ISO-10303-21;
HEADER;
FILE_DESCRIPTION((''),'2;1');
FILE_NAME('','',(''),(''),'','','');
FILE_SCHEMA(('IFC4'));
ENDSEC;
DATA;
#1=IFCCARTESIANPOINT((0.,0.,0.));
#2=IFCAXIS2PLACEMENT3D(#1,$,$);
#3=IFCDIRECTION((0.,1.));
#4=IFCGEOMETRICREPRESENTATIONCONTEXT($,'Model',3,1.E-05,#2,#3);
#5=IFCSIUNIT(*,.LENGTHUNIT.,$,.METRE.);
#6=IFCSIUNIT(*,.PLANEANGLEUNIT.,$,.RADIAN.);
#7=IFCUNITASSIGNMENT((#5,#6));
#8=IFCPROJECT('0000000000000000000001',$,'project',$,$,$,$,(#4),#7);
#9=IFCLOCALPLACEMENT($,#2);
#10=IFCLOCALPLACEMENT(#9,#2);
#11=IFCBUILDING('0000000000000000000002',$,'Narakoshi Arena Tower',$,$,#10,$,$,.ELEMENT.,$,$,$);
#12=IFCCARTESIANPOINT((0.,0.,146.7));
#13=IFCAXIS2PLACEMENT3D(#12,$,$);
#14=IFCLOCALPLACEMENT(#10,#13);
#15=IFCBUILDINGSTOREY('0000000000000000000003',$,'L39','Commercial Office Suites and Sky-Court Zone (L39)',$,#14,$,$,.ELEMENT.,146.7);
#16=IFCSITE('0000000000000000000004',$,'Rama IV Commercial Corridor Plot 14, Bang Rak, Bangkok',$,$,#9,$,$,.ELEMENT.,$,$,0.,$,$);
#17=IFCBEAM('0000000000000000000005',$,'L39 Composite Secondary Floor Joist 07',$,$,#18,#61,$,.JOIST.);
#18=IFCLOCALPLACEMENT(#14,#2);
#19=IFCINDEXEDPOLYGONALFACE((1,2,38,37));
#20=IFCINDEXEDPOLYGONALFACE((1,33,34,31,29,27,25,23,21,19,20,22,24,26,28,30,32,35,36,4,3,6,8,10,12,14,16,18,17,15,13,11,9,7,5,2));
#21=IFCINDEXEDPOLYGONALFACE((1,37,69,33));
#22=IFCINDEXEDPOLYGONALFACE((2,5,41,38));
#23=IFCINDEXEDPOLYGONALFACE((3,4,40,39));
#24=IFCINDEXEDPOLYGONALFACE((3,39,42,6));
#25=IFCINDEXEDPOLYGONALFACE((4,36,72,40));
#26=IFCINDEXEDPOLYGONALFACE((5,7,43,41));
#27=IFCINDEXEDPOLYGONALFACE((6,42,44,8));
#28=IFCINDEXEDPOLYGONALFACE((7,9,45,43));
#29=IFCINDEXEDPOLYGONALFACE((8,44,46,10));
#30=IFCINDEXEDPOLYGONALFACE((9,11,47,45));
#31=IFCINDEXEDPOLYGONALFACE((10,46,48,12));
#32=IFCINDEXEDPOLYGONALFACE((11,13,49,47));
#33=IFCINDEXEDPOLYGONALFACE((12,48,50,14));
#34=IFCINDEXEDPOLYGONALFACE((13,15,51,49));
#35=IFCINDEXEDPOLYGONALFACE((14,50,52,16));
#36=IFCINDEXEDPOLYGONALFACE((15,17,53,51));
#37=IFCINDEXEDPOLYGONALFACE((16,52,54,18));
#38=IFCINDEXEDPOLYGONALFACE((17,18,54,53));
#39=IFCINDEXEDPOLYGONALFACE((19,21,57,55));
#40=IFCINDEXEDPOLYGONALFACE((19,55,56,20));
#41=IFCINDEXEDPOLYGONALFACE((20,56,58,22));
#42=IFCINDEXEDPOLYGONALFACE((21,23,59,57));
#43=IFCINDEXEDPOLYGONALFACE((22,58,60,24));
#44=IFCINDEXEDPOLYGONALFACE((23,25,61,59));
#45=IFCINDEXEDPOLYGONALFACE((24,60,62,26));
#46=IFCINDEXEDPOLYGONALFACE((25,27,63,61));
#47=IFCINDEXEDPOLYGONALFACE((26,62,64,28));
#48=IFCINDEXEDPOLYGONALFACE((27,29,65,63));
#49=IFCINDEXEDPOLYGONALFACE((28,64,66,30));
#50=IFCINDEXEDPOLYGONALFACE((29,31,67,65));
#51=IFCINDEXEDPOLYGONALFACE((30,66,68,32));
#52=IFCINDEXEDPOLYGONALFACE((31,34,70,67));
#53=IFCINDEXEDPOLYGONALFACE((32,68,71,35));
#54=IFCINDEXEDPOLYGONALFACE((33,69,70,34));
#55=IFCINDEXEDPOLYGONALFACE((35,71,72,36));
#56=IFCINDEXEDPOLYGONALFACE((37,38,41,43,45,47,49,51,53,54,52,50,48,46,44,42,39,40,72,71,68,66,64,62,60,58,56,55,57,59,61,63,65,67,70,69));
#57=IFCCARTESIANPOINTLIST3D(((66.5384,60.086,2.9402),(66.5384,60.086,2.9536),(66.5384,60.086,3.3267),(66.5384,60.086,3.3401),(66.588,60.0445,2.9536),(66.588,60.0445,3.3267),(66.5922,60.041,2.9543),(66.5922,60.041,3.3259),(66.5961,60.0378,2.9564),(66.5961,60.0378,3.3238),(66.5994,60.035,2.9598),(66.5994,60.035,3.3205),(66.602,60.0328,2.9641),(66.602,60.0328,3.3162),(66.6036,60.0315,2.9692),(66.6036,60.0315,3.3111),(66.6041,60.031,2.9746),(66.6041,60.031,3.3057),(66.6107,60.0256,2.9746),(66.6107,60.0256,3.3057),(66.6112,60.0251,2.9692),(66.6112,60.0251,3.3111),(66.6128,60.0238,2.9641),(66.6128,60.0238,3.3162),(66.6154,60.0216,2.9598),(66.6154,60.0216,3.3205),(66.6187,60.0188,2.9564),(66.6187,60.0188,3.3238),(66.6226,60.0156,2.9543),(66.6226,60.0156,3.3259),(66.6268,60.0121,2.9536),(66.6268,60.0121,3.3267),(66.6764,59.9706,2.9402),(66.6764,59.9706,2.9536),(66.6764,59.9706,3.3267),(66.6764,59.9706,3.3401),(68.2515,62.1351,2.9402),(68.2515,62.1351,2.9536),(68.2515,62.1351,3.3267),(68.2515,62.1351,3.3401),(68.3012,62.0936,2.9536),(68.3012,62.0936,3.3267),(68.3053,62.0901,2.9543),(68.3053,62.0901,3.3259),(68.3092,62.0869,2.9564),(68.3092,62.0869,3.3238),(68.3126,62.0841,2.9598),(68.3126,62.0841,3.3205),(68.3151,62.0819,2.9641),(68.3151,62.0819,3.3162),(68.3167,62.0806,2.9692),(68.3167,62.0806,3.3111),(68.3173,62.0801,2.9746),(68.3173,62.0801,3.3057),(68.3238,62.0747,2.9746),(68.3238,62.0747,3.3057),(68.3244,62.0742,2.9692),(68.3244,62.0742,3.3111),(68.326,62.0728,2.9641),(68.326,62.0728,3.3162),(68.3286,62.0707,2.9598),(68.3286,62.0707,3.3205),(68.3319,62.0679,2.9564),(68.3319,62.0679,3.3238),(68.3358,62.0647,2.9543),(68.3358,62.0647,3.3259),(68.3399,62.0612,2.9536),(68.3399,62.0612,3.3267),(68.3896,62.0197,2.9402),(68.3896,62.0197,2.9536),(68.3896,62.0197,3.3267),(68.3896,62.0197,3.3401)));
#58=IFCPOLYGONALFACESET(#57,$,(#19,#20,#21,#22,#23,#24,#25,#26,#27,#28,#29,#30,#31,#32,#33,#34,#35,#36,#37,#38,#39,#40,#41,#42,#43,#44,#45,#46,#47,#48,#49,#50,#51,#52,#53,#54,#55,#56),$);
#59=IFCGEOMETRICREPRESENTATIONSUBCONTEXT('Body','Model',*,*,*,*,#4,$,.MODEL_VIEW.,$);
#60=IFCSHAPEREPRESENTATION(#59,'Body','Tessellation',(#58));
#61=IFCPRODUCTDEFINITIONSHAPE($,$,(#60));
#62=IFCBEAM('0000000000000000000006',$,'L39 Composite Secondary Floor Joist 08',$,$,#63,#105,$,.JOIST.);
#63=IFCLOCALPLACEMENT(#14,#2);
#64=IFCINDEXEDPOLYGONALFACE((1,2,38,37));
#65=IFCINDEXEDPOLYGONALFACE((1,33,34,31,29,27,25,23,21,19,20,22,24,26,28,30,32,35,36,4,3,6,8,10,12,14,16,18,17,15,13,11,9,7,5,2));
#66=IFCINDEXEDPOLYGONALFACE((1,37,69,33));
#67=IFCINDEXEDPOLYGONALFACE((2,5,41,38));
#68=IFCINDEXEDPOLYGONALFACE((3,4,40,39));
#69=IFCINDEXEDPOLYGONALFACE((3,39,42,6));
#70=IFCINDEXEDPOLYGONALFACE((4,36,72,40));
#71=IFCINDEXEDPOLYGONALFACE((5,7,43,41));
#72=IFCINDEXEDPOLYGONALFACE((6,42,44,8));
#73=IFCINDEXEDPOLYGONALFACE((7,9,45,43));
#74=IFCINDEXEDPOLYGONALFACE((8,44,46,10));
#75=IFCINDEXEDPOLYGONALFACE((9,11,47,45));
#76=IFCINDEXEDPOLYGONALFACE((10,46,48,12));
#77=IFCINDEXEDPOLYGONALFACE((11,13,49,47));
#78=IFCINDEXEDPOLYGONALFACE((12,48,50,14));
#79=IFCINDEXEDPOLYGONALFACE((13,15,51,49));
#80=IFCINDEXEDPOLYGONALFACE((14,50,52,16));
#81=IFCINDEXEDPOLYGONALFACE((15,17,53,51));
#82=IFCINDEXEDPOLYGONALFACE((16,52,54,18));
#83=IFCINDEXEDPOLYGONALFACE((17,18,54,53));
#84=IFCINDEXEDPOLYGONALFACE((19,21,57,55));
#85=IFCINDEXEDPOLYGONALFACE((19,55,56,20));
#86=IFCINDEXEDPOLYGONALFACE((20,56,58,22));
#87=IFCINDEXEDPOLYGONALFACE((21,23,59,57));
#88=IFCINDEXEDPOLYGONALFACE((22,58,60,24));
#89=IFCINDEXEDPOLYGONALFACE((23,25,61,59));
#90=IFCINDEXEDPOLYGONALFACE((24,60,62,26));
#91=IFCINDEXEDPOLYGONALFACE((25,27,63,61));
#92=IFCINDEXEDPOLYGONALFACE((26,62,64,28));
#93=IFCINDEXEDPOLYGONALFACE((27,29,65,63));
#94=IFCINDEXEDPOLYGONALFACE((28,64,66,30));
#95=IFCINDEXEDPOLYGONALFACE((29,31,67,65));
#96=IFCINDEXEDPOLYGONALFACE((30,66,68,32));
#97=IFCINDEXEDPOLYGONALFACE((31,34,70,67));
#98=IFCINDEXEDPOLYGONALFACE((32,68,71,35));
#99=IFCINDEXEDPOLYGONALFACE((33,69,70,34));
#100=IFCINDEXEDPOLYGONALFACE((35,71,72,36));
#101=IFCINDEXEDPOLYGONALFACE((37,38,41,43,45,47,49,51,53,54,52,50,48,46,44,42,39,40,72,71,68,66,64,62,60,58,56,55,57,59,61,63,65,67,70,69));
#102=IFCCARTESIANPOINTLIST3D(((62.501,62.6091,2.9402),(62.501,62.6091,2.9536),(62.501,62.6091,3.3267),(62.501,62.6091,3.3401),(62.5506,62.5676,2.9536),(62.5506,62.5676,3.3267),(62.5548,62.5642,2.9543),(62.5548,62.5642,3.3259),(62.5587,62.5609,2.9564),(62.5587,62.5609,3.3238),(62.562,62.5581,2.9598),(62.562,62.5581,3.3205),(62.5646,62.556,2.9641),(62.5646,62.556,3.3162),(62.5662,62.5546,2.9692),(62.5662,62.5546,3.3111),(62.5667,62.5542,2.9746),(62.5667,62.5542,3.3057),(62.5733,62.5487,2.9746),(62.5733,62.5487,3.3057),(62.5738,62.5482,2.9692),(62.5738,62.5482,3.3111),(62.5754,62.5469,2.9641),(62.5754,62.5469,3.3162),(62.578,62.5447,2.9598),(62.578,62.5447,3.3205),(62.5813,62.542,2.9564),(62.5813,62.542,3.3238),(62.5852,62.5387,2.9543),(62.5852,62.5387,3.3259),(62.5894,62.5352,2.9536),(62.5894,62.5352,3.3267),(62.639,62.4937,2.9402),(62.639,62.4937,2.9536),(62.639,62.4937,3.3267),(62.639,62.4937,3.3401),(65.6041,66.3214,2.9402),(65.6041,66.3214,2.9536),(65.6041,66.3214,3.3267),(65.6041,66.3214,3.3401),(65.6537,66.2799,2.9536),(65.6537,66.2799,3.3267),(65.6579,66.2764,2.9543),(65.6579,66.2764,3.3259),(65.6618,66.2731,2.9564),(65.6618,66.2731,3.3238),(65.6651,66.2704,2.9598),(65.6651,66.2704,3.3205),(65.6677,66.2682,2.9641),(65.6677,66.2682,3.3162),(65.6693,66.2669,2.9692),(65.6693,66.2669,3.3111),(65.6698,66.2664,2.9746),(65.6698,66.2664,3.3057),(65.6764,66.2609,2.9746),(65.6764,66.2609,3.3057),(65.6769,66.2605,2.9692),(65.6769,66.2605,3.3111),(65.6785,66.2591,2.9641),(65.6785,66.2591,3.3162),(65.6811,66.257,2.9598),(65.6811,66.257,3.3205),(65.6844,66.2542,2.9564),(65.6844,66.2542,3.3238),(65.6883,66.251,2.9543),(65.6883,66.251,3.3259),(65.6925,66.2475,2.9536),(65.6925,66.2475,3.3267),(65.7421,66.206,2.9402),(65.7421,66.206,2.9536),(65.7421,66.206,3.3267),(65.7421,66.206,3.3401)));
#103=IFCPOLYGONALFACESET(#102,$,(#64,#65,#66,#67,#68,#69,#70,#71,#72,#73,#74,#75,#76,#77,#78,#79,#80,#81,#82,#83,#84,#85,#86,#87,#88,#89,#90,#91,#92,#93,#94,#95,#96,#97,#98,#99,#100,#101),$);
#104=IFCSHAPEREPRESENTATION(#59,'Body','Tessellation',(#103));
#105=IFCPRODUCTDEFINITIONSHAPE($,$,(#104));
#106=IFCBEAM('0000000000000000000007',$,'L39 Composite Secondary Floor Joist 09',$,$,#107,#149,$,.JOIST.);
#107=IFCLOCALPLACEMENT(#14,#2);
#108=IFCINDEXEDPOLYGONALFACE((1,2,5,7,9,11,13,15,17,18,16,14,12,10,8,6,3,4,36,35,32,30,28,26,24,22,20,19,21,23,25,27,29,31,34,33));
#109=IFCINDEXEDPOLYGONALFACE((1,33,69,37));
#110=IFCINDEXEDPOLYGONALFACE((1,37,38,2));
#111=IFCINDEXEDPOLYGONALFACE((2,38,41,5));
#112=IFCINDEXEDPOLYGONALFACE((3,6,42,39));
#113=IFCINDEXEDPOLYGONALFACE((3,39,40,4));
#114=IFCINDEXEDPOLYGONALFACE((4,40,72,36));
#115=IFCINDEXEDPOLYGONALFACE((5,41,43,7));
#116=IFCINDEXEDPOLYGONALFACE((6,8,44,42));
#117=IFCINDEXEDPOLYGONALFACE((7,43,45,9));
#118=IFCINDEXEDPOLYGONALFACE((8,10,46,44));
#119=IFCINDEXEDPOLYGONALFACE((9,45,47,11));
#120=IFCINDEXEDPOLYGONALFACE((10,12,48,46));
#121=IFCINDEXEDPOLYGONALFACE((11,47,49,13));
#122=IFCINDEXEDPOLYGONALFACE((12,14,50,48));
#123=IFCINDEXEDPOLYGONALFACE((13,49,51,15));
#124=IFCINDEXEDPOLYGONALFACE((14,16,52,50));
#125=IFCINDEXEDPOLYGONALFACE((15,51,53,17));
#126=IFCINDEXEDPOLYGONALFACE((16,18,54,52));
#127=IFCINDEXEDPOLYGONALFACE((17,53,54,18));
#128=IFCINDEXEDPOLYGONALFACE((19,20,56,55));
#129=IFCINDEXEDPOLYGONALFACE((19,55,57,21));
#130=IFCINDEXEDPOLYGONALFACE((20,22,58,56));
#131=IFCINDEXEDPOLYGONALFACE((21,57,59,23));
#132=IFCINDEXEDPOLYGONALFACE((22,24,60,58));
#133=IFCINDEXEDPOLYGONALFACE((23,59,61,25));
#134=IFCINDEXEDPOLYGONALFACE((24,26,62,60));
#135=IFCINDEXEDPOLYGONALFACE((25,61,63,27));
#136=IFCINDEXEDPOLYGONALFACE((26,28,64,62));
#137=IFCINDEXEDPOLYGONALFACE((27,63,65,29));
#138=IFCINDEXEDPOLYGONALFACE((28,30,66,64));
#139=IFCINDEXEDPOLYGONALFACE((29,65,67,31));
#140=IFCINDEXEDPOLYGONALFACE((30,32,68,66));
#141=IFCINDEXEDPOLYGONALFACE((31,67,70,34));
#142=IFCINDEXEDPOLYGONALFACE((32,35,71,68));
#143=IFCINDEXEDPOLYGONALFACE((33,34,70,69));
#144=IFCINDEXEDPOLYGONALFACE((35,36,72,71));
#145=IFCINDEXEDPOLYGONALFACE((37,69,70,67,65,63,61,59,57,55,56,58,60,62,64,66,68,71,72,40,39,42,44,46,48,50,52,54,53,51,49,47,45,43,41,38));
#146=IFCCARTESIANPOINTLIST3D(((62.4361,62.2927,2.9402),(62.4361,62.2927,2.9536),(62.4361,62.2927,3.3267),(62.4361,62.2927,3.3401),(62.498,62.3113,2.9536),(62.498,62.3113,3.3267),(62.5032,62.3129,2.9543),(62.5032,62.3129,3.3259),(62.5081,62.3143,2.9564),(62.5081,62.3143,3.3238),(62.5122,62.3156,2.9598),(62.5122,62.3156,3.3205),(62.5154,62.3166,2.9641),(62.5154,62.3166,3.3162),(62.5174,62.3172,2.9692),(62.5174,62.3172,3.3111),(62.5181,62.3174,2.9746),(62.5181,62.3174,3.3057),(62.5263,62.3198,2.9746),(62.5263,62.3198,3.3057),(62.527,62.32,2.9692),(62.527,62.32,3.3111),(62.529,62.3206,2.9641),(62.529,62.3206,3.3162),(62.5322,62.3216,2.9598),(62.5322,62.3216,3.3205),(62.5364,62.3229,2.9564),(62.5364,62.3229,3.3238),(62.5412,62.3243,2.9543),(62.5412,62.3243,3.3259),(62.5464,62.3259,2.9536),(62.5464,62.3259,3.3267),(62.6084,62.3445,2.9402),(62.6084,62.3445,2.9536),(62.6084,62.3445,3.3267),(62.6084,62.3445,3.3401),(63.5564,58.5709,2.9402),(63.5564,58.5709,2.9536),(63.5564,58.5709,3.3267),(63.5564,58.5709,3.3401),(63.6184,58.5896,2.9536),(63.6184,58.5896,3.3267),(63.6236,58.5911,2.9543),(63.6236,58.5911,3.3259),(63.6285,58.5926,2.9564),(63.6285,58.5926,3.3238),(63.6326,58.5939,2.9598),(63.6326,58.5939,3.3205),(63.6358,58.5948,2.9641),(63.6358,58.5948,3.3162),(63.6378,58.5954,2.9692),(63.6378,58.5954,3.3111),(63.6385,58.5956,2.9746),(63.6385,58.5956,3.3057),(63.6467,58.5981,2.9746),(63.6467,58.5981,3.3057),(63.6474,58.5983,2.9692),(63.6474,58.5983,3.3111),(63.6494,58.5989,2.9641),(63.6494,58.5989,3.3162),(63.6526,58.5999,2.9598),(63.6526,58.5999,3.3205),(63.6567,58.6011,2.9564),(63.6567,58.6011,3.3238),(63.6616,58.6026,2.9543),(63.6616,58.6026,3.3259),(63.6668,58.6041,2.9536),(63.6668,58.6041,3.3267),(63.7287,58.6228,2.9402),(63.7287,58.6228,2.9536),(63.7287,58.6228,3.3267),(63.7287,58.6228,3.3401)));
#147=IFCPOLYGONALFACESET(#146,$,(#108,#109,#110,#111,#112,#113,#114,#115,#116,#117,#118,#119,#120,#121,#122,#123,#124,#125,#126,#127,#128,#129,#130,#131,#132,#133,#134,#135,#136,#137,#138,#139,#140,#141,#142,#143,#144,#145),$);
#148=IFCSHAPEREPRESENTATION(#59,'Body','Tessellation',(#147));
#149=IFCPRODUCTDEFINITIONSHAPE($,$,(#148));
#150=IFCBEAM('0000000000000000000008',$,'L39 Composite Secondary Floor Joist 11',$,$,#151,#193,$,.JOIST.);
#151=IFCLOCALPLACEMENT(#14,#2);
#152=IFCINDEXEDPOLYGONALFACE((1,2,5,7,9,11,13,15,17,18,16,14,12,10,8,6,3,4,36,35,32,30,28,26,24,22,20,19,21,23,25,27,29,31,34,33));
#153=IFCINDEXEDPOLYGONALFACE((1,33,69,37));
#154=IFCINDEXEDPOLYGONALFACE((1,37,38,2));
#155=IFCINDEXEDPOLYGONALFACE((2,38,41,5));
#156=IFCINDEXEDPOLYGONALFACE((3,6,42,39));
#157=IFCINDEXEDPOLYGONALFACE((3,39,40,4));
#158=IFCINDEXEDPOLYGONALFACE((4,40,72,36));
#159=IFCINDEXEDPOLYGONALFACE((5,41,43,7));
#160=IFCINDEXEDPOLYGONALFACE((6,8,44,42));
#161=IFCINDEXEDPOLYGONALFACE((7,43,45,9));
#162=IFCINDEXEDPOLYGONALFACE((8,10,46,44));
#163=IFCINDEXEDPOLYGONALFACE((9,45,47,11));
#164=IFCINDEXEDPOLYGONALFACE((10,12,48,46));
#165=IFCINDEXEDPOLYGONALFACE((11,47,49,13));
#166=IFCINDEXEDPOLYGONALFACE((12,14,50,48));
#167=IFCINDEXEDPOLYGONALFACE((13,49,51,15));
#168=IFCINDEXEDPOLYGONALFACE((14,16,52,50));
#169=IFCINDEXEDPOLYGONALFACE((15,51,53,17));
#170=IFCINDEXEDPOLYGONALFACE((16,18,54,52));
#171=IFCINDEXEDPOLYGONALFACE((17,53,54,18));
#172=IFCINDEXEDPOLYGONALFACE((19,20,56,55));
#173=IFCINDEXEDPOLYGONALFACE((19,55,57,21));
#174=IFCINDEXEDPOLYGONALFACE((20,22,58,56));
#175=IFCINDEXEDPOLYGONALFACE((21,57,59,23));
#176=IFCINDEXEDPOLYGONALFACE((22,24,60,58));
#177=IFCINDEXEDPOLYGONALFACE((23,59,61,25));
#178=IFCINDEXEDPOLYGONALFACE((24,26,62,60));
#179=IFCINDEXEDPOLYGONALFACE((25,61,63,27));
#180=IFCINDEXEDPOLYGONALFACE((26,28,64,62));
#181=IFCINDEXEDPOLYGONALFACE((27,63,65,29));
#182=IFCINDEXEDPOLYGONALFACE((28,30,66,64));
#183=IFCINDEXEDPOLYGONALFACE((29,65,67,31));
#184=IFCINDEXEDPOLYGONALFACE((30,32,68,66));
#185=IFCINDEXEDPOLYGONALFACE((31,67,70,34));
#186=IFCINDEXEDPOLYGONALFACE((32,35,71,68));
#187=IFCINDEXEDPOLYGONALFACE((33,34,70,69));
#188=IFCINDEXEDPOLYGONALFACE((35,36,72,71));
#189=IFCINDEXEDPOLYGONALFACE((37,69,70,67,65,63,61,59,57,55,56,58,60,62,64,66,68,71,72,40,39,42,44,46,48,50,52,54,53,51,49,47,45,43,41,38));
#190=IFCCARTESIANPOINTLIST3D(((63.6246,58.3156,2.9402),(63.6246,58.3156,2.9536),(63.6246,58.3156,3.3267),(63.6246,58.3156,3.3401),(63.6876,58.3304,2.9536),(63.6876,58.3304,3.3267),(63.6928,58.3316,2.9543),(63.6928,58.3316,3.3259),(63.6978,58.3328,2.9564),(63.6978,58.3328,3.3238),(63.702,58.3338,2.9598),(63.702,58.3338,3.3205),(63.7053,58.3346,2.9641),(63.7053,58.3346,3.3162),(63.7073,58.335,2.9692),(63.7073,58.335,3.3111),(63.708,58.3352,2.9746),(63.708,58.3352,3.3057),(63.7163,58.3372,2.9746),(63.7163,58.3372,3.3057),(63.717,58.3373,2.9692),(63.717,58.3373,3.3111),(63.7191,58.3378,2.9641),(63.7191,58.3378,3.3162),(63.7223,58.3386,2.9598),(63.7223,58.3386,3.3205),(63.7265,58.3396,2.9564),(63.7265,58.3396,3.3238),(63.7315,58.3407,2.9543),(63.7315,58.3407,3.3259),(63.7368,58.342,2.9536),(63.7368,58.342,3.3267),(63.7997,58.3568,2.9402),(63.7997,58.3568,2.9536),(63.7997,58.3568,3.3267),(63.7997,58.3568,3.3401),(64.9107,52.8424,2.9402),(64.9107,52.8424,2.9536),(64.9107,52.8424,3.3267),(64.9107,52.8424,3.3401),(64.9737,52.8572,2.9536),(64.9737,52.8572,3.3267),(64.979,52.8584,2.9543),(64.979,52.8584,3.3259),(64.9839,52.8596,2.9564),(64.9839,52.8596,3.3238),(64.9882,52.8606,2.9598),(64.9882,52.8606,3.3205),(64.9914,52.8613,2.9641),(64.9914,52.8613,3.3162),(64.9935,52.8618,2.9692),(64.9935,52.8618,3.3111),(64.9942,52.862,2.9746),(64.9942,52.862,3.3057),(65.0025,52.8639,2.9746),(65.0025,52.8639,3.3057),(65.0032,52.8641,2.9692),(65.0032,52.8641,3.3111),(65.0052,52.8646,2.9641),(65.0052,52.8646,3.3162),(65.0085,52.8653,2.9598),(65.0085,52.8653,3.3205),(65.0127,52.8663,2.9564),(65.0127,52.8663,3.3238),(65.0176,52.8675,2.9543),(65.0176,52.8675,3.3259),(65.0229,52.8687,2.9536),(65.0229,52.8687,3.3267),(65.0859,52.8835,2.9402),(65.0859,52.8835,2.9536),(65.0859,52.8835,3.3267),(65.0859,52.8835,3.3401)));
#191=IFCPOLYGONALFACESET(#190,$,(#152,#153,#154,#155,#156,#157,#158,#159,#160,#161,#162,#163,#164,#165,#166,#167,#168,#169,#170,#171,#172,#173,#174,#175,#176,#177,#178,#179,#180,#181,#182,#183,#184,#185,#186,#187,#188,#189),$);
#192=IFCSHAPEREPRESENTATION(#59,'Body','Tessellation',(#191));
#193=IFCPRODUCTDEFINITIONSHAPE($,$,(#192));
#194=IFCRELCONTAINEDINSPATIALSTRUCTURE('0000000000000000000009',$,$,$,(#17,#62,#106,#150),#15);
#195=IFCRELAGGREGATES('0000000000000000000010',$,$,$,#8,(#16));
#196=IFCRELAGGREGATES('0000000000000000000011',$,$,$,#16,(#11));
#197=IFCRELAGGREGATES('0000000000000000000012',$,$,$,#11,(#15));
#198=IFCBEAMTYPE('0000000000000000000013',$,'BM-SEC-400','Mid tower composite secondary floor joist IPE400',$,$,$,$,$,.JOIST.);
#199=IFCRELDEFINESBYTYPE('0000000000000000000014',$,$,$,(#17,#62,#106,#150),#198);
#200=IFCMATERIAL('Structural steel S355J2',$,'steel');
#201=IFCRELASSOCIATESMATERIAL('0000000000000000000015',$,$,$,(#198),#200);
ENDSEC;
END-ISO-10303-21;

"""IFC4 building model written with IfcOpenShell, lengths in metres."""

from ifc_helpers import new_model, si_unit, direction, frame, origin, origin_2d, place, context, subcontext, project, spatial, i_section, extrude, material, material_profile, profile_set, type_object, element, save


model = new_model("IFC4")

# Units and contexts
model_context = context("Model", 3, precision=1e-05, world=origin(), true_north=direction((0.0, 1.0)))
body_context = subcontext(model_context, "Body", "Model", "MODEL_VIEW")
ifc_project = project(units=[si_unit("LENGTHUNIT", "METRE"), si_unit("PLANEANGLEUNIT", "RADIAN")], contexts=[model_context])

# Site, building, storey
site_placement = place(None, origin())
site = spatial("IfcSite", under=ifc_project, at=site_placement, Name="Rama IV Commercial Corridor Plot 14, Bang Rak, Bangkok", CompositionType="ELEMENT", RefElevation=0.0)
building_placement = place(site_placement, origin())
building = spatial("IfcBuilding", under=site, at=building_placement, Name="Narakoshi Arena Tower", CompositionType="ELEMENT")
storey_placement = place(building_placement, frame((0.0, 0.0, 146.7)))
storey = spatial("IfcBuildingStorey", under=building, at=storey_placement, Name="L39", Description="Commercial Office Suites and Sky-Court Zone (L39)", CompositionType="ELEMENT", Elevation=146.7)

# Beams
ifc_material_1 = material(Name="Structural steel S355J2", Category="steel")
ifc_material_profile_1 = material_profile(ifc_material_1, i_section(OverallWidth=0.1799, OverallDepth=0.3999, WebThickness=0.0085, FlangeThickness=0.0134, FilletRadius=0.021, at=origin_2d()), Name="IPE400")
ifc_profile_set_1 = profile_set([ifc_material_profile_1], Name="Structural steel S355J2")
beam_type_1 = type_object("IfcBeamType", Name="BM-SEC-400", Description="Mid tower composite secondary floor joist IPE400", PredefinedType="JOIST", material=ifc_profile_set_1)
beam_1_placement = place(storey_placement, frame((68.3206, 62.0774, 3.1401), z_axis=(-0.641415, -0.767194, 0.0), x_axis=(0.767194, -0.641415, 0.0)))
element("IfcBeam", 1, at=beam_1_placement, inside=storey, type_object=beam_type_1, Name="L39 Composite Secondary Floor Joist 07", PredefinedType="JOIST", context=body_context, shape_type="SweptSolid", body=[
    extrude(i_section(OverallWidth=0.1799, OverallDepth=0.3999, WebThickness=0.0085, FlangeThickness=0.0134, FilletRadius=0.021, at=origin_2d()), origin(), (0.0, 0.0, 1.0), 2.6709),
])
beam_2_placement = place(storey_placement, frame((65.6731, 66.2637, 3.1401), z_axis=(-0.64135, -0.767248, 0.0), x_axis=(0.767248, -0.64135, 0.0)))
element("IfcBeam", 2, at=beam_2_placement, inside=storey, type_object=beam_type_1, Name="L39 Composite Secondary Floor Joist 08", PredefinedType="JOIST", context=body_context, shape_type="SweptSolid", body=[
    extrude(i_section(OverallWidth=0.1799, OverallDepth=0.3999, WebThickness=0.0085, FlangeThickness=0.0134, FilletRadius=0.021, at=origin_2d()), origin(), (0.0, 0.0, 1.0), 4.8384),
])
beam_3_placement = place(storey_placement, frame((62.5222, 62.3186, 3.1401), z_axis=(0.288258, -0.957553, 0.0), x_axis=(0.957553, 0.288258, 0.0)))
element("IfcBeam", 3, at=beam_3_placement, inside=storey, type_object=beam_type_1, Name="L39 Composite Secondary Floor Joist 09", PredefinedType="JOIST", context=body_context, shape_type="SweptSolid", body=[
    extrude(i_section(OverallWidth=0.1799, OverallDepth=0.3999, WebThickness=0.0085, FlangeThickness=0.0134, FilletRadius=0.021, at=origin_2d()), origin(), (0.0, 0.0, 1.0), 3.8867),
])
beam_4_placement = place(storey_placement, frame((63.7122, 58.3362, 3.1401), z_axis=(0.228759, -0.973483, 0.0), x_axis=(0.973483, 0.228759, 0.0)))
element("IfcBeam", 4, at=beam_4_placement, inside=storey, type_object=beam_type_1, Name="L39 Composite Secondary Floor Joist 11", PredefinedType="JOIST", context=body_context, shape_type="SweptSolid", body=[
    extrude(i_section(OverallWidth=0.1799, OverallDepth=0.3999, WebThickness=0.0085, FlangeThickness=0.0134, FilletRadius=0.021, at=origin_2d()), origin(), (0.0, 0.0, 1.0), 5.6223),
])

save(model, "model.ifc")
